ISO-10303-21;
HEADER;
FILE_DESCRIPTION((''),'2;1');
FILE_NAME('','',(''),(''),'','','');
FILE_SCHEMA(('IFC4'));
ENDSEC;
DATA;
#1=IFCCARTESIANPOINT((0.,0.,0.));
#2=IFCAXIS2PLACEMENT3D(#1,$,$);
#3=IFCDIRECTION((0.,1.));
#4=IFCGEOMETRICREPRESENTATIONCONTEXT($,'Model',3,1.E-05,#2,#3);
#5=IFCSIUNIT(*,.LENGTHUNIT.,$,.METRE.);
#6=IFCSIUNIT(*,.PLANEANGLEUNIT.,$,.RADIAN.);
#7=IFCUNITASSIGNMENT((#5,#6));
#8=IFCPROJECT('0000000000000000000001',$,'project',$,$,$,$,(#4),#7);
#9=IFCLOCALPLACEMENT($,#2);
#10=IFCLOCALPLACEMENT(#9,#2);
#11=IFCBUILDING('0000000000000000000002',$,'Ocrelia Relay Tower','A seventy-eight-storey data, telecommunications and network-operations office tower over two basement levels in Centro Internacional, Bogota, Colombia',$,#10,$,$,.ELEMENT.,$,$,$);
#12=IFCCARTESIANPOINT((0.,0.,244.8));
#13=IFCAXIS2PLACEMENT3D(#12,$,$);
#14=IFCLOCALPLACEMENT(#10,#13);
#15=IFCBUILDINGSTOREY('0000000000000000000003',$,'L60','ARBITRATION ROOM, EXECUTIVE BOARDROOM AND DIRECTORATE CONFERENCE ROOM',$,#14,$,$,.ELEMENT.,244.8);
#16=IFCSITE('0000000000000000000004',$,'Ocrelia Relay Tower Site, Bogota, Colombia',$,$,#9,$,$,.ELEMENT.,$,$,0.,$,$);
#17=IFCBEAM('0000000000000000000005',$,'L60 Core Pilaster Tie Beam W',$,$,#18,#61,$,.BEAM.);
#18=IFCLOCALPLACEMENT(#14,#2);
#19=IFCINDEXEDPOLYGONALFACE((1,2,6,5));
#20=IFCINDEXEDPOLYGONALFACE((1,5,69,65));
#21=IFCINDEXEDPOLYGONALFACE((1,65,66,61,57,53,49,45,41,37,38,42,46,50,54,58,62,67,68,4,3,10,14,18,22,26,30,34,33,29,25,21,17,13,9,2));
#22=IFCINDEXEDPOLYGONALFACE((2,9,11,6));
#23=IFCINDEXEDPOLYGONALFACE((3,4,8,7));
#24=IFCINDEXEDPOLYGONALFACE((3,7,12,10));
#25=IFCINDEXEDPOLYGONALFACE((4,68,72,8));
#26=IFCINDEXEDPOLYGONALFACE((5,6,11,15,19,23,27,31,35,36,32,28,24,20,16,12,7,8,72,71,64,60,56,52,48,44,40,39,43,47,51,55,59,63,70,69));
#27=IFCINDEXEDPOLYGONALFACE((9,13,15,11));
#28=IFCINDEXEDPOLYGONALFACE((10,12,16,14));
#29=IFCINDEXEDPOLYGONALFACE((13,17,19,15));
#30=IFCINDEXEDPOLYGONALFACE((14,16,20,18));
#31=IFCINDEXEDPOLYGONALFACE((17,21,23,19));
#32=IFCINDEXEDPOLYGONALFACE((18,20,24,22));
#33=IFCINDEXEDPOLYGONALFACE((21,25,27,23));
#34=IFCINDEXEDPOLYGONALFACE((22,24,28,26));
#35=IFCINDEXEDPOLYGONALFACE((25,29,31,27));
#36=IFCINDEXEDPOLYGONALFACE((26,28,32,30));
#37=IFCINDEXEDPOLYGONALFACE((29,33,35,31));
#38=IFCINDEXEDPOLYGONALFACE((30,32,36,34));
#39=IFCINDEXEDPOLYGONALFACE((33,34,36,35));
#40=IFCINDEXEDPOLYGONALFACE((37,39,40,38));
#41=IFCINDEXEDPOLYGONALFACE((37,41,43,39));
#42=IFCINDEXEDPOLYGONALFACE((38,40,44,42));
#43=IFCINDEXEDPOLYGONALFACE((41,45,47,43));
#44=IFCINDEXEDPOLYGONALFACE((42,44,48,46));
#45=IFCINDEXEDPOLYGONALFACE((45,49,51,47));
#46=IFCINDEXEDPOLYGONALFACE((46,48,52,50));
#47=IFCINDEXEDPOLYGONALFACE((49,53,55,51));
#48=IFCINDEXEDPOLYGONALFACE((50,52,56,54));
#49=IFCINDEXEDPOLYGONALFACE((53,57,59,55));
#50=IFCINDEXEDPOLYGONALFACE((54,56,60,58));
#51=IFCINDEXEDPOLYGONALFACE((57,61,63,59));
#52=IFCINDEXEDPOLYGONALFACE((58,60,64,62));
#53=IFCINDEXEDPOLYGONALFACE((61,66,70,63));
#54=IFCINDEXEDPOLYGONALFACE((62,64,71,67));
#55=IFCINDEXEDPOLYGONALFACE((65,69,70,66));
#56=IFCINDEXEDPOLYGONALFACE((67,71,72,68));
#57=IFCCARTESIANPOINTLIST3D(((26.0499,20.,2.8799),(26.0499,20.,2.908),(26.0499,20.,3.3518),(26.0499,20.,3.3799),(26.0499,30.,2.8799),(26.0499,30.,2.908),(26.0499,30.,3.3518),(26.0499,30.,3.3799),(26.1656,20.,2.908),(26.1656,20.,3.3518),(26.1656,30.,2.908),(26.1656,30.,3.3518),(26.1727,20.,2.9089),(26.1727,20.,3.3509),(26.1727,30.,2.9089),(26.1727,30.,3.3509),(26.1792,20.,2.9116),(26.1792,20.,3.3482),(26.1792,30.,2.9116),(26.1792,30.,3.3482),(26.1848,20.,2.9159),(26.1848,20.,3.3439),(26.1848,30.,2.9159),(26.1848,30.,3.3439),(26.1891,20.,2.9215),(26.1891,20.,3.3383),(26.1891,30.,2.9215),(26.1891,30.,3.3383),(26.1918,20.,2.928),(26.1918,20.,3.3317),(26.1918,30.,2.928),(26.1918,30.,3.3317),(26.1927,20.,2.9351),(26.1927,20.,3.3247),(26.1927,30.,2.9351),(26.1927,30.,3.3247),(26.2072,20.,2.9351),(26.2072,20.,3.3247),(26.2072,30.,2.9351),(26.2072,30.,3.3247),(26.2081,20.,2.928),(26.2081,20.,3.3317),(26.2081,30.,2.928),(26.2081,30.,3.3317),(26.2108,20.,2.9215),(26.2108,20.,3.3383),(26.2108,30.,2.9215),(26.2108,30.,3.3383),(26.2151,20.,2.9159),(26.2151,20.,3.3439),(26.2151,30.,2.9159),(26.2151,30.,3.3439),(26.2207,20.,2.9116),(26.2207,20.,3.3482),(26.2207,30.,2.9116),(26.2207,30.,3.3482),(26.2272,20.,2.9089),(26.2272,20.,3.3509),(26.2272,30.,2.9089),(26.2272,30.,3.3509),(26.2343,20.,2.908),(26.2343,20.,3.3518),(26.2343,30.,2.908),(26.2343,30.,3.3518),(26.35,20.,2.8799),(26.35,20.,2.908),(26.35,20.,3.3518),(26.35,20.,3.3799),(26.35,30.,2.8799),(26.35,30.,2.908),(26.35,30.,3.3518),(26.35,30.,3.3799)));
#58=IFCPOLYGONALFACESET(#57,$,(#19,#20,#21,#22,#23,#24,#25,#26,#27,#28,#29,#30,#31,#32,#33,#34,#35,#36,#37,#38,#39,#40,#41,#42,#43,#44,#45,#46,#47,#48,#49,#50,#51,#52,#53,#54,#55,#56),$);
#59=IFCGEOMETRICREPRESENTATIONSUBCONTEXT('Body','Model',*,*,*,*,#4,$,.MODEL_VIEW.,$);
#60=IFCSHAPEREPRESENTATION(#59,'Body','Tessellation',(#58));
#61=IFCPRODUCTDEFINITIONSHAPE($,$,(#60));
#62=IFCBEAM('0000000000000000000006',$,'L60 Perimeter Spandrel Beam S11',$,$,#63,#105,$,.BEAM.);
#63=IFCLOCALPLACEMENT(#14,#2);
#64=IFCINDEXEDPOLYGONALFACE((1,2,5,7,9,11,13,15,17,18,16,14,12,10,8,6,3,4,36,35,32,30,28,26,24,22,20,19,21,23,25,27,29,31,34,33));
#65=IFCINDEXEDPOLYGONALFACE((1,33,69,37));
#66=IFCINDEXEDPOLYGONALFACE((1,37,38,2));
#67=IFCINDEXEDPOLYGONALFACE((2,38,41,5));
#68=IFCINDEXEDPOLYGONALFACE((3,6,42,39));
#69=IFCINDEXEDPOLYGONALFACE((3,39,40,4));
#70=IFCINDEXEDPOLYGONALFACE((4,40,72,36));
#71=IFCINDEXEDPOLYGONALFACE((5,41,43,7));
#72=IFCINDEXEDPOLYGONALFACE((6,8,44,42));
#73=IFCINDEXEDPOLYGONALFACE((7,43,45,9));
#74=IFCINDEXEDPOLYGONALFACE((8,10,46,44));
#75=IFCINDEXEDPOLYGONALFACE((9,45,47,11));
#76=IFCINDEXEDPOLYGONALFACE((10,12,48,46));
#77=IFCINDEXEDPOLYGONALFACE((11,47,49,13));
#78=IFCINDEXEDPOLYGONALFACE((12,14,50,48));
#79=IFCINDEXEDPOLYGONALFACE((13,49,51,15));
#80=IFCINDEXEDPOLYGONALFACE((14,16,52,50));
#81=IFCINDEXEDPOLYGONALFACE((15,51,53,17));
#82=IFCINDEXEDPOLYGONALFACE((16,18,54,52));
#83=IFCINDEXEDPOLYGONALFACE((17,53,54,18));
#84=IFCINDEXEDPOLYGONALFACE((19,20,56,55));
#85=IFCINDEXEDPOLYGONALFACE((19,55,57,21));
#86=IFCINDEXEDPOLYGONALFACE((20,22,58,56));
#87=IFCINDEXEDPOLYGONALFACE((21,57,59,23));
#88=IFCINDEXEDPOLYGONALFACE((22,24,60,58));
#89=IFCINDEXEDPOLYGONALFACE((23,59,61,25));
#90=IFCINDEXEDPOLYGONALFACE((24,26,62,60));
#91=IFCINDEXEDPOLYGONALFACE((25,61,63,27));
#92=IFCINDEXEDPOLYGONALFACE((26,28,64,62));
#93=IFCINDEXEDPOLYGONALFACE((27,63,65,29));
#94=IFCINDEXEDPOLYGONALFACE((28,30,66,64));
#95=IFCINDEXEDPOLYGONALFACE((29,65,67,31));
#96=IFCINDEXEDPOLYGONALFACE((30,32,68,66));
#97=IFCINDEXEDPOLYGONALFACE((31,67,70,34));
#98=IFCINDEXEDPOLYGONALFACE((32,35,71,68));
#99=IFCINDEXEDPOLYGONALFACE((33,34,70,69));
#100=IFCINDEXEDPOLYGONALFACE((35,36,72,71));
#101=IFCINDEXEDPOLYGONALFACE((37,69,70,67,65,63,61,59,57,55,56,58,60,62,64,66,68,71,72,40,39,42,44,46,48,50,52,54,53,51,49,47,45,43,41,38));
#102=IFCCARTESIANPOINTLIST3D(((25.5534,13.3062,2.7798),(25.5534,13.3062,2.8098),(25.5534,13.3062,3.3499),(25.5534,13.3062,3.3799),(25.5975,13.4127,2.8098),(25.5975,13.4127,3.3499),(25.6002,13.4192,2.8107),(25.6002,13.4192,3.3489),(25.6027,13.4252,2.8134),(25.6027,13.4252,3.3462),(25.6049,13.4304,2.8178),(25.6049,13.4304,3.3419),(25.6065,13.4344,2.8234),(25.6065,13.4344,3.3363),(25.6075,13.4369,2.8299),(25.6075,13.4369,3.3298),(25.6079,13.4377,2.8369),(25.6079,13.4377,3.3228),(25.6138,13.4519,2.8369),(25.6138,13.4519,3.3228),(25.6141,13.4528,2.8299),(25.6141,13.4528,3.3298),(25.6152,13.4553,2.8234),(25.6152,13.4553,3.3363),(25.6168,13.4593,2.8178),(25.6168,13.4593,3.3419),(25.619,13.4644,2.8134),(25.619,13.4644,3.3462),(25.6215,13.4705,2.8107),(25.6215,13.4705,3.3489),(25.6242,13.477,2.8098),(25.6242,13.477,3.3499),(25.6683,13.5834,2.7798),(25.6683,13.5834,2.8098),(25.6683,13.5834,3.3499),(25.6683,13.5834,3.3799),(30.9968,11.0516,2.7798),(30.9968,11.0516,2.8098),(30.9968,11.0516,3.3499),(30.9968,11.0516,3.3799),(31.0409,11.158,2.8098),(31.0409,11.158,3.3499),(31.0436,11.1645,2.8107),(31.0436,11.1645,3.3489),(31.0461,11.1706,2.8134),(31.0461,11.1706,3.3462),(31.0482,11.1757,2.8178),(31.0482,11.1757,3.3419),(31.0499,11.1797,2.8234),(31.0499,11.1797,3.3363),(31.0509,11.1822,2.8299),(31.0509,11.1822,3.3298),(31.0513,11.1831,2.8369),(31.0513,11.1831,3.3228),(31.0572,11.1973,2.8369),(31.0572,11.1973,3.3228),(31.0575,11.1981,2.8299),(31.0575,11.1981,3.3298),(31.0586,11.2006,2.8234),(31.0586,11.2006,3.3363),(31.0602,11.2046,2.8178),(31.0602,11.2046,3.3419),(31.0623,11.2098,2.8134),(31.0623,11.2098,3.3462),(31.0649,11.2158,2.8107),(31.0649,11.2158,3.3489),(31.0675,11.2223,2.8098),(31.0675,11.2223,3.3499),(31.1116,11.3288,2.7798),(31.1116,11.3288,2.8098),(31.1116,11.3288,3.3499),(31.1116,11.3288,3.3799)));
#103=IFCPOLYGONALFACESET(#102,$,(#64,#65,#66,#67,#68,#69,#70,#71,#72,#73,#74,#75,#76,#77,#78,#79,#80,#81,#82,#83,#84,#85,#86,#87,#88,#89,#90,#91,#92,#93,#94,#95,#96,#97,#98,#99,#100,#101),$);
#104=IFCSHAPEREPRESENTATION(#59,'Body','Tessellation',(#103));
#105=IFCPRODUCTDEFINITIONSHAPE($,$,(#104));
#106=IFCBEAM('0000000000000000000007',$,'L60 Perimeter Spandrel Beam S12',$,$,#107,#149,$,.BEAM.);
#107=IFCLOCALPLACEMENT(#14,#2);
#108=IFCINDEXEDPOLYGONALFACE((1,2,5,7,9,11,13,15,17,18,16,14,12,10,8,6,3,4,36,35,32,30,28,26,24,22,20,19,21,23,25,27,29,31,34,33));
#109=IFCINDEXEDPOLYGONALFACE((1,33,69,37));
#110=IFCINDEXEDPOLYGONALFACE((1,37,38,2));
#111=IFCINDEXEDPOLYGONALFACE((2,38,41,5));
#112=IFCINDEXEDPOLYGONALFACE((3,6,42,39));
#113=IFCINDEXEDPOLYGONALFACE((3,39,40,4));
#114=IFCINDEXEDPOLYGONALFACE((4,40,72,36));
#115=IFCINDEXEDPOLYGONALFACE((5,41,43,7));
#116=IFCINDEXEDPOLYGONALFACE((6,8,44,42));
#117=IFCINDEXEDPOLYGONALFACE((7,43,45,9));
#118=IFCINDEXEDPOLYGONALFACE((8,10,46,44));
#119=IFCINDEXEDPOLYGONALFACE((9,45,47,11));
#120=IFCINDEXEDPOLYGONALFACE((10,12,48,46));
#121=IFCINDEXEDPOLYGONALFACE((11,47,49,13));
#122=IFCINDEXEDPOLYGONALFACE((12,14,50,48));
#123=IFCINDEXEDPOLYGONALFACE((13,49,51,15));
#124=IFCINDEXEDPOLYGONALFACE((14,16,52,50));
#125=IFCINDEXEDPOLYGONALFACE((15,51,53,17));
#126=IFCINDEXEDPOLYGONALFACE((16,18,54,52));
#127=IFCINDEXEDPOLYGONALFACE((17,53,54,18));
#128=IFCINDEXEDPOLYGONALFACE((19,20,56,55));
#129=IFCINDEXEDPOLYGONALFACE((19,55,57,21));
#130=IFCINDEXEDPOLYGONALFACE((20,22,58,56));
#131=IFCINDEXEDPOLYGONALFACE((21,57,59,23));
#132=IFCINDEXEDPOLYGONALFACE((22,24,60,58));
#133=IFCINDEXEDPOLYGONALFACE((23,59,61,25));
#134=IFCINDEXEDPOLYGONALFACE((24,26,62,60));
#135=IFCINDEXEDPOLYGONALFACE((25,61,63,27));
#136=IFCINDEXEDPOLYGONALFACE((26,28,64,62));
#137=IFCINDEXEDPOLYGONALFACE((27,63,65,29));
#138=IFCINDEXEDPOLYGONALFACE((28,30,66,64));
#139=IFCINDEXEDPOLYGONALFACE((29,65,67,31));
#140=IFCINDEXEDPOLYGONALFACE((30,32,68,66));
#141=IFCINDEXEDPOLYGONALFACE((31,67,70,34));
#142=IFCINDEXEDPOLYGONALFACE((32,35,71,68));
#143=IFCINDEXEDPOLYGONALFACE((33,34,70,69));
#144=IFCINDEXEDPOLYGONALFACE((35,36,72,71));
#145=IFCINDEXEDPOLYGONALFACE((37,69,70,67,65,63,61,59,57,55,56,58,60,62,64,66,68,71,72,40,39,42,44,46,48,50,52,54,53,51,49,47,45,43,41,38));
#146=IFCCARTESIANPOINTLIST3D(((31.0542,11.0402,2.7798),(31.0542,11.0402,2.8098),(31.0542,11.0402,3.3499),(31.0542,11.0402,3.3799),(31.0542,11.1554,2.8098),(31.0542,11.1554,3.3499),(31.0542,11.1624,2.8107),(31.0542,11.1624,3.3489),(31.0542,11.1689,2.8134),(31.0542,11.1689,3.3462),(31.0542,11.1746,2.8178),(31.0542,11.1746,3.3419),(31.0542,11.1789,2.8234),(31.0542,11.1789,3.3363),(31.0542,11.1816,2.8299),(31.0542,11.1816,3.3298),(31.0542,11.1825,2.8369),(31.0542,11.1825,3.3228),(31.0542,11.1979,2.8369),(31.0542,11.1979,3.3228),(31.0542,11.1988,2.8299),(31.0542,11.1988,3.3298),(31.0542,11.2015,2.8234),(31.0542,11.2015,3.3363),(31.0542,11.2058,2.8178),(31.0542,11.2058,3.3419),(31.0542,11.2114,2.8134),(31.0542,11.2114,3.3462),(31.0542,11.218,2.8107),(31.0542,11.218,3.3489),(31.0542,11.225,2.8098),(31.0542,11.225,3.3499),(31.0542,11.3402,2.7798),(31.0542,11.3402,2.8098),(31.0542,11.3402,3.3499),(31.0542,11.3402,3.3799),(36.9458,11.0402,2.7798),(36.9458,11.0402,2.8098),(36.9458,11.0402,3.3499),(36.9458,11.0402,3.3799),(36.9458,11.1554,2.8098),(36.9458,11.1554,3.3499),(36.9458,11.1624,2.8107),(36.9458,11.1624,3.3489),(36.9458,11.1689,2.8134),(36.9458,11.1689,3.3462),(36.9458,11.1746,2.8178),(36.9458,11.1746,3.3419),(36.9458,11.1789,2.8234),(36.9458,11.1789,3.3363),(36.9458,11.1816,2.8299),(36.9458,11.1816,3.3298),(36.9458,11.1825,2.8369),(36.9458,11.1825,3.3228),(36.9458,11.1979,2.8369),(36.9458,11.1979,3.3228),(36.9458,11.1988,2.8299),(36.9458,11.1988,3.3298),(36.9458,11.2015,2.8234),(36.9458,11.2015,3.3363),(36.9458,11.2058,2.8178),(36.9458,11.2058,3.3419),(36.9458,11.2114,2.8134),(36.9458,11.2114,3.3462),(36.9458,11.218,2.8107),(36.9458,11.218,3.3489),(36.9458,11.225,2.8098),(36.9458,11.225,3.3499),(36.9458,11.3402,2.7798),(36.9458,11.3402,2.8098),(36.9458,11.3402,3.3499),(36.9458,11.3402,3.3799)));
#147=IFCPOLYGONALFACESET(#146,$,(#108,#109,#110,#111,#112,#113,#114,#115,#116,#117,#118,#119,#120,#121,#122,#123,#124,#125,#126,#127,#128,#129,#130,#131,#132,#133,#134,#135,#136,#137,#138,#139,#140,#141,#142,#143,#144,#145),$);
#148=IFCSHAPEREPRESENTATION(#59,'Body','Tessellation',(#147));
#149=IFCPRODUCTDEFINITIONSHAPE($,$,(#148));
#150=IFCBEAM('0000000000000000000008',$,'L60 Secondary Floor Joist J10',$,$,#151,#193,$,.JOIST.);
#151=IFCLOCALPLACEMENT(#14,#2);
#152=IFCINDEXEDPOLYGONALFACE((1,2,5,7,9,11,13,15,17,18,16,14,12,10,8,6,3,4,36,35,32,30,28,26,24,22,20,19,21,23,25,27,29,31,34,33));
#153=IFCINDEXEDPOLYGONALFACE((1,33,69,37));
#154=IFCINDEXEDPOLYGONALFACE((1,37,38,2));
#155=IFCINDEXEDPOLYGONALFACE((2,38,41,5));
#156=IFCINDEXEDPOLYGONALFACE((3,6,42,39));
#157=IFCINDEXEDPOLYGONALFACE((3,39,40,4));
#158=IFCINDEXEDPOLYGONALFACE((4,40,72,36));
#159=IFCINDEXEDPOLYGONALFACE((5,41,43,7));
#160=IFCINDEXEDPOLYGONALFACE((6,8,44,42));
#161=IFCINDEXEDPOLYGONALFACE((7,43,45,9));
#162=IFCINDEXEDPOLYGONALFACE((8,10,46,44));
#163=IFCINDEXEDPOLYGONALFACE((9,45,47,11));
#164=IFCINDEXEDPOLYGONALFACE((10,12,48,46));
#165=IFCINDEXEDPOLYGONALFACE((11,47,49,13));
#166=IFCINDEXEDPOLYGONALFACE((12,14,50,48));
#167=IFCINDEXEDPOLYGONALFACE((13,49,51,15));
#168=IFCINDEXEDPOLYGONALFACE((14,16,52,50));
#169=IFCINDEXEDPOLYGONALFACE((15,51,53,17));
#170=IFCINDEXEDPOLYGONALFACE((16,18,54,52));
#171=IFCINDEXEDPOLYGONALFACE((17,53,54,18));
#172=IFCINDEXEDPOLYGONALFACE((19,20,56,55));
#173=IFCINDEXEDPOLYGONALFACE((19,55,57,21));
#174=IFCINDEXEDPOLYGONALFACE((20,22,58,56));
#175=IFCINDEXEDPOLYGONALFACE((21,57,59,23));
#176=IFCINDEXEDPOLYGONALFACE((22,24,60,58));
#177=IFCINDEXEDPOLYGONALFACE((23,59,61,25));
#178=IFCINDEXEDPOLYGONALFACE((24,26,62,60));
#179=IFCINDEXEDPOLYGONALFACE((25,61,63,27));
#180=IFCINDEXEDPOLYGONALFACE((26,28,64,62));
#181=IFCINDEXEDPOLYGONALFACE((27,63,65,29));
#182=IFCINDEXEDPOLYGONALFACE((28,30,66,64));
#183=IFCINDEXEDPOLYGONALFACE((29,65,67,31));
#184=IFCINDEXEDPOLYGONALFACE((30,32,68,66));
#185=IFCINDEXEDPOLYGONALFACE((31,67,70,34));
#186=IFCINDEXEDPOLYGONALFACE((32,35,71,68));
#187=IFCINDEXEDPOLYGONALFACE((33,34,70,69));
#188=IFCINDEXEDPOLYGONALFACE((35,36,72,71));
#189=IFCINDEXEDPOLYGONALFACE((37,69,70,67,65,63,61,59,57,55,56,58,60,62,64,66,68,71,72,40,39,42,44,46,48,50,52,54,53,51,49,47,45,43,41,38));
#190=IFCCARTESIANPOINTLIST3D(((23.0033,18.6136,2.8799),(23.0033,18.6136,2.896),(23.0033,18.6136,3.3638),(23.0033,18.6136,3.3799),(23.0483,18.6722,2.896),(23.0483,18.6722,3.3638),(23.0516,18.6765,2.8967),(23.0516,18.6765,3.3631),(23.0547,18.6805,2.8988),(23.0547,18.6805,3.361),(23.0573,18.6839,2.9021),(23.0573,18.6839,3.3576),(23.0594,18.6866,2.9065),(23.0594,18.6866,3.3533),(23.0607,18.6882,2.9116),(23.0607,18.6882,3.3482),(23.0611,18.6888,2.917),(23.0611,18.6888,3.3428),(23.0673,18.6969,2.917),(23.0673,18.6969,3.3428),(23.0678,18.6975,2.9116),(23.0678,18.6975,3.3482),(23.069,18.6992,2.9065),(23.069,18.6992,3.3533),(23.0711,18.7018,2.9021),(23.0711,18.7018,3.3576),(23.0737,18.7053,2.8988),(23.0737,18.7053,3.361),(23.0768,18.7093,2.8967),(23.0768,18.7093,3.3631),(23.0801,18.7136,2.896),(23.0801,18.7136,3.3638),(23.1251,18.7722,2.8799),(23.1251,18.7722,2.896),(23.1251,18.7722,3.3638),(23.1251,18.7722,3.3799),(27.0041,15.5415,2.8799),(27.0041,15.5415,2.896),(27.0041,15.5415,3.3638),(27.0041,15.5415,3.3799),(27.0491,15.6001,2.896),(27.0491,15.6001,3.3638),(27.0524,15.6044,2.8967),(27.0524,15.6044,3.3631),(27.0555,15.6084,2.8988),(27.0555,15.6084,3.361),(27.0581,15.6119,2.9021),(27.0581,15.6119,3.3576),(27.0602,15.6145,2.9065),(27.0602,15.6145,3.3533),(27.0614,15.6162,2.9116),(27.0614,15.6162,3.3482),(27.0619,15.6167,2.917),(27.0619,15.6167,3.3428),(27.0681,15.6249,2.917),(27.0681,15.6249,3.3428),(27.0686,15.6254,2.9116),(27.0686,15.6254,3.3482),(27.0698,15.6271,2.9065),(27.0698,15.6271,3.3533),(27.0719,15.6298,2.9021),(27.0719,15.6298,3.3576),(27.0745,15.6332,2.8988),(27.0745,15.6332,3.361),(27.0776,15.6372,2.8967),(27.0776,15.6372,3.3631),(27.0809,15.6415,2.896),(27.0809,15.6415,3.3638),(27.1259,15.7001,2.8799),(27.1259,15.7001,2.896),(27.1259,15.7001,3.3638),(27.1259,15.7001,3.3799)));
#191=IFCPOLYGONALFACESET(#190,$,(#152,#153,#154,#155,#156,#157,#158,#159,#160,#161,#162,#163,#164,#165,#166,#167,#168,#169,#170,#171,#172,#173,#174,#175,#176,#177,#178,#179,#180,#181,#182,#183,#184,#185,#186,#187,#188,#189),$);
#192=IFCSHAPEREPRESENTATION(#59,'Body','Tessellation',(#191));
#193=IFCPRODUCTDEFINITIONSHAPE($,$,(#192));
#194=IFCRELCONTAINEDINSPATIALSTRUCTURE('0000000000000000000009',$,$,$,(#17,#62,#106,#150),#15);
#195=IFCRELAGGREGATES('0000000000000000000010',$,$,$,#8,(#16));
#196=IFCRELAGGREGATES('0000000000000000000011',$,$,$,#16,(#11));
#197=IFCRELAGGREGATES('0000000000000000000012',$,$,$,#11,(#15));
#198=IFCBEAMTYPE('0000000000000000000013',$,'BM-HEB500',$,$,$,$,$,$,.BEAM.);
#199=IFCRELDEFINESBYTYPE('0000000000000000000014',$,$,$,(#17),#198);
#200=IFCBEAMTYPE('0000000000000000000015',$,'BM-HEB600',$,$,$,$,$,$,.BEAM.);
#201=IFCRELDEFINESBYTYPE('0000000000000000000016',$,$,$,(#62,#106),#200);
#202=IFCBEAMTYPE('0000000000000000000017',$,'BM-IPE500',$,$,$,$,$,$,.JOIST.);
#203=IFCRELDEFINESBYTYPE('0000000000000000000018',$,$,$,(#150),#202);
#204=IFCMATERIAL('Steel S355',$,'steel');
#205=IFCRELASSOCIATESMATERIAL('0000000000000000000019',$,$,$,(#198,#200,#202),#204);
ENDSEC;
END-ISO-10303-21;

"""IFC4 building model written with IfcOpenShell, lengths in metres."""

from ifc_helpers import new_model, si_unit, direction, frame, origin, origin_2d, place, context, subcontext, project, spatial, i_section, extrude, material, material_profile, profile_set, type_object, element, save


model = new_model("IFC4")

# Units and contexts
model_context = context("Model", 3, precision=1e-05, world=origin(), true_north=direction((0.0, 1.0)))
body_context = subcontext(model_context, "Body", "Model", "MODEL_VIEW")
ifc_project = project(units=[si_unit("LENGTHUNIT", "METRE"), si_unit("PLANEANGLEUNIT", "RADIAN")], contexts=[model_context])

# Site, building, storey
site_placement = place(None, origin())
site = spatial("IfcSite", under=ifc_project, at=site_placement, Name="Ocrelia Relay Tower Site, Bogota, Colombia", CompositionType="ELEMENT", RefElevation=0.0)
building_placement = place(site_placement, origin())
building = spatial("IfcBuilding", under=site, at=building_placement, Name="Ocrelia Relay Tower", Description="A seventy-eight-storey data, telecommunications and network-operations office tower over two basement levels in Centro Internacional, Bogota, Colombia", CompositionType="ELEMENT")
storey_placement = place(building_placement, frame((0.0, 0.0, 244.8)))
storey = spatial("IfcBuildingStorey", under=building, at=storey_placement, Name="L60", Description="ARBITRATION ROOM, EXECUTIVE BOARDROOM AND DIRECTORATE CONFERENCE ROOM", CompositionType="ELEMENT", Elevation=244.8)

# Beams
ifc_material_1 = material(Name="Steel S355", Category="steel")
ifc_material_profile_1 = material_profile(ifc_material_1, i_section(OverallWidth=0.3, OverallDepth=0.5, WebThickness=0.0144, FlangeThickness=0.0281, FilletRadius=0.0271, at=origin_2d()), Name="HEB 500")
ifc_profile_set_1 = profile_set([ifc_material_profile_1], Name="Steel S355")
beam_type_1 = type_object("IfcBeamType", Name="BM-HEB500", PredefinedType="BEAM", material=ifc_profile_set_1)
beam_1_placement = place(storey_placement, frame((26.2, 20.0, 3.1299), z_axis=(0.0, 1.0, 0.0), x_axis=(-1.0, 0.0, 0.0)))
element("IfcBeam", 1, at=beam_1_placement, inside=storey, type_object=beam_type_1, Name="L60 Core Pilaster Tie Beam W", PredefinedType="BEAM", context=body_context, shape_type="SweptSolid", body=[
    extrude(i_section(OverallWidth=0.3, OverallDepth=0.5, WebThickness=0.0144, FlangeThickness=0.0281, FilletRadius=0.0271, at=origin_2d()), origin(), (0.0, 0.0, 1.0), 10.0),
])
ifc_material_profile_2 = material_profile(ifc_material_1, i_section(OverallWidth=0.3, OverallDepth=0.6001, WebThickness=0.0154, FlangeThickness=0.03, FilletRadius=0.0271, at=origin_2d()), Name="HEB 600")
ifc_profile_set_2 = profile_set([ifc_material_profile_2], Name="Steel S355")
beam_type_2 = type_object("IfcBeamType", Name="BM-HEB600", PredefinedType="BEAM", material=ifc_profile_set_2)
beam_2_placement = place(storey_placement, frame((25.6108, 13.4448, 3.0798), z_axis=(0.923884, -0.382673, 0.0), x_axis=(0.382673, 0.923884, 0.0)))
element("IfcBeam", 2, at=beam_2_placement, inside=storey, type_object=beam_type_2, Name="L60 Perimeter Spandrel Beam S11", PredefinedType="BEAM", context=body_context, shape_type="SweptSolid", body=[
    extrude(i_section(OverallWidth=0.3, OverallDepth=0.6001, WebThickness=0.0154, FlangeThickness=0.03, FilletRadius=0.0271, at=origin_2d()), origin(), (0.0, 0.0, 1.0), 5.8918),
])
beam_3_placement = place(storey_placement, frame((31.0542, 11.1902, 3.0798), z_axis=(1.0, 0.0, 0.0), x_axis=(0.0, 1.0, 0.0)))
element("IfcBeam", 3, at=beam_3_placement, inside=storey, type_object=beam_type_2, Name="L60 Perimeter Spandrel Beam S12", PredefinedType="BEAM", context=body_context, shape_type="SweptSolid", body=[
    extrude(i_section(OverallWidth=0.3, OverallDepth=0.6001, WebThickness=0.0154, FlangeThickness=0.03, FilletRadius=0.0271, at=origin_2d()), origin(), (0.0, 0.0, 1.0), 5.8916),
])
ifc_material_profile_3 = material_profile(ifc_material_1, i_section(OverallWidth=0.2, OverallDepth=0.5, WebThickness=0.0103, FlangeThickness=0.0161, FilletRadius=0.021, at=origin_2d()), Name="IPE 500")
ifc_profile_set_3 = profile_set([ifc_material_profile_3], Name="Steel S355")
beam_type_3 = type_object("IfcBeamType", Name="BM-IPE500", PredefinedType="JOIST", material=ifc_profile_set_3)
beam_4_placement = place(storey_placement, frame((23.0642, 18.6929, 3.1299), z_axis=(0.793147, -0.60903, 0.0), x_axis=(0.60903, 0.793147, 0.0)))
element("IfcBeam", 4, at=beam_4_placement, inside=storey, type_object=beam_type_3, Name="L60 Secondary Floor Joist J10", PredefinedType="JOIST", context=body_context, shape_type="SweptSolid", body=[
    extrude(i_section(OverallWidth=0.2, OverallDepth=0.5, WebThickness=0.0103, FlangeThickness=0.0161, FilletRadius=0.021, at=origin_2d()), origin(), (0.0, 0.0, 1.0), 5.0442),
])

save(model, "model.ifc")
